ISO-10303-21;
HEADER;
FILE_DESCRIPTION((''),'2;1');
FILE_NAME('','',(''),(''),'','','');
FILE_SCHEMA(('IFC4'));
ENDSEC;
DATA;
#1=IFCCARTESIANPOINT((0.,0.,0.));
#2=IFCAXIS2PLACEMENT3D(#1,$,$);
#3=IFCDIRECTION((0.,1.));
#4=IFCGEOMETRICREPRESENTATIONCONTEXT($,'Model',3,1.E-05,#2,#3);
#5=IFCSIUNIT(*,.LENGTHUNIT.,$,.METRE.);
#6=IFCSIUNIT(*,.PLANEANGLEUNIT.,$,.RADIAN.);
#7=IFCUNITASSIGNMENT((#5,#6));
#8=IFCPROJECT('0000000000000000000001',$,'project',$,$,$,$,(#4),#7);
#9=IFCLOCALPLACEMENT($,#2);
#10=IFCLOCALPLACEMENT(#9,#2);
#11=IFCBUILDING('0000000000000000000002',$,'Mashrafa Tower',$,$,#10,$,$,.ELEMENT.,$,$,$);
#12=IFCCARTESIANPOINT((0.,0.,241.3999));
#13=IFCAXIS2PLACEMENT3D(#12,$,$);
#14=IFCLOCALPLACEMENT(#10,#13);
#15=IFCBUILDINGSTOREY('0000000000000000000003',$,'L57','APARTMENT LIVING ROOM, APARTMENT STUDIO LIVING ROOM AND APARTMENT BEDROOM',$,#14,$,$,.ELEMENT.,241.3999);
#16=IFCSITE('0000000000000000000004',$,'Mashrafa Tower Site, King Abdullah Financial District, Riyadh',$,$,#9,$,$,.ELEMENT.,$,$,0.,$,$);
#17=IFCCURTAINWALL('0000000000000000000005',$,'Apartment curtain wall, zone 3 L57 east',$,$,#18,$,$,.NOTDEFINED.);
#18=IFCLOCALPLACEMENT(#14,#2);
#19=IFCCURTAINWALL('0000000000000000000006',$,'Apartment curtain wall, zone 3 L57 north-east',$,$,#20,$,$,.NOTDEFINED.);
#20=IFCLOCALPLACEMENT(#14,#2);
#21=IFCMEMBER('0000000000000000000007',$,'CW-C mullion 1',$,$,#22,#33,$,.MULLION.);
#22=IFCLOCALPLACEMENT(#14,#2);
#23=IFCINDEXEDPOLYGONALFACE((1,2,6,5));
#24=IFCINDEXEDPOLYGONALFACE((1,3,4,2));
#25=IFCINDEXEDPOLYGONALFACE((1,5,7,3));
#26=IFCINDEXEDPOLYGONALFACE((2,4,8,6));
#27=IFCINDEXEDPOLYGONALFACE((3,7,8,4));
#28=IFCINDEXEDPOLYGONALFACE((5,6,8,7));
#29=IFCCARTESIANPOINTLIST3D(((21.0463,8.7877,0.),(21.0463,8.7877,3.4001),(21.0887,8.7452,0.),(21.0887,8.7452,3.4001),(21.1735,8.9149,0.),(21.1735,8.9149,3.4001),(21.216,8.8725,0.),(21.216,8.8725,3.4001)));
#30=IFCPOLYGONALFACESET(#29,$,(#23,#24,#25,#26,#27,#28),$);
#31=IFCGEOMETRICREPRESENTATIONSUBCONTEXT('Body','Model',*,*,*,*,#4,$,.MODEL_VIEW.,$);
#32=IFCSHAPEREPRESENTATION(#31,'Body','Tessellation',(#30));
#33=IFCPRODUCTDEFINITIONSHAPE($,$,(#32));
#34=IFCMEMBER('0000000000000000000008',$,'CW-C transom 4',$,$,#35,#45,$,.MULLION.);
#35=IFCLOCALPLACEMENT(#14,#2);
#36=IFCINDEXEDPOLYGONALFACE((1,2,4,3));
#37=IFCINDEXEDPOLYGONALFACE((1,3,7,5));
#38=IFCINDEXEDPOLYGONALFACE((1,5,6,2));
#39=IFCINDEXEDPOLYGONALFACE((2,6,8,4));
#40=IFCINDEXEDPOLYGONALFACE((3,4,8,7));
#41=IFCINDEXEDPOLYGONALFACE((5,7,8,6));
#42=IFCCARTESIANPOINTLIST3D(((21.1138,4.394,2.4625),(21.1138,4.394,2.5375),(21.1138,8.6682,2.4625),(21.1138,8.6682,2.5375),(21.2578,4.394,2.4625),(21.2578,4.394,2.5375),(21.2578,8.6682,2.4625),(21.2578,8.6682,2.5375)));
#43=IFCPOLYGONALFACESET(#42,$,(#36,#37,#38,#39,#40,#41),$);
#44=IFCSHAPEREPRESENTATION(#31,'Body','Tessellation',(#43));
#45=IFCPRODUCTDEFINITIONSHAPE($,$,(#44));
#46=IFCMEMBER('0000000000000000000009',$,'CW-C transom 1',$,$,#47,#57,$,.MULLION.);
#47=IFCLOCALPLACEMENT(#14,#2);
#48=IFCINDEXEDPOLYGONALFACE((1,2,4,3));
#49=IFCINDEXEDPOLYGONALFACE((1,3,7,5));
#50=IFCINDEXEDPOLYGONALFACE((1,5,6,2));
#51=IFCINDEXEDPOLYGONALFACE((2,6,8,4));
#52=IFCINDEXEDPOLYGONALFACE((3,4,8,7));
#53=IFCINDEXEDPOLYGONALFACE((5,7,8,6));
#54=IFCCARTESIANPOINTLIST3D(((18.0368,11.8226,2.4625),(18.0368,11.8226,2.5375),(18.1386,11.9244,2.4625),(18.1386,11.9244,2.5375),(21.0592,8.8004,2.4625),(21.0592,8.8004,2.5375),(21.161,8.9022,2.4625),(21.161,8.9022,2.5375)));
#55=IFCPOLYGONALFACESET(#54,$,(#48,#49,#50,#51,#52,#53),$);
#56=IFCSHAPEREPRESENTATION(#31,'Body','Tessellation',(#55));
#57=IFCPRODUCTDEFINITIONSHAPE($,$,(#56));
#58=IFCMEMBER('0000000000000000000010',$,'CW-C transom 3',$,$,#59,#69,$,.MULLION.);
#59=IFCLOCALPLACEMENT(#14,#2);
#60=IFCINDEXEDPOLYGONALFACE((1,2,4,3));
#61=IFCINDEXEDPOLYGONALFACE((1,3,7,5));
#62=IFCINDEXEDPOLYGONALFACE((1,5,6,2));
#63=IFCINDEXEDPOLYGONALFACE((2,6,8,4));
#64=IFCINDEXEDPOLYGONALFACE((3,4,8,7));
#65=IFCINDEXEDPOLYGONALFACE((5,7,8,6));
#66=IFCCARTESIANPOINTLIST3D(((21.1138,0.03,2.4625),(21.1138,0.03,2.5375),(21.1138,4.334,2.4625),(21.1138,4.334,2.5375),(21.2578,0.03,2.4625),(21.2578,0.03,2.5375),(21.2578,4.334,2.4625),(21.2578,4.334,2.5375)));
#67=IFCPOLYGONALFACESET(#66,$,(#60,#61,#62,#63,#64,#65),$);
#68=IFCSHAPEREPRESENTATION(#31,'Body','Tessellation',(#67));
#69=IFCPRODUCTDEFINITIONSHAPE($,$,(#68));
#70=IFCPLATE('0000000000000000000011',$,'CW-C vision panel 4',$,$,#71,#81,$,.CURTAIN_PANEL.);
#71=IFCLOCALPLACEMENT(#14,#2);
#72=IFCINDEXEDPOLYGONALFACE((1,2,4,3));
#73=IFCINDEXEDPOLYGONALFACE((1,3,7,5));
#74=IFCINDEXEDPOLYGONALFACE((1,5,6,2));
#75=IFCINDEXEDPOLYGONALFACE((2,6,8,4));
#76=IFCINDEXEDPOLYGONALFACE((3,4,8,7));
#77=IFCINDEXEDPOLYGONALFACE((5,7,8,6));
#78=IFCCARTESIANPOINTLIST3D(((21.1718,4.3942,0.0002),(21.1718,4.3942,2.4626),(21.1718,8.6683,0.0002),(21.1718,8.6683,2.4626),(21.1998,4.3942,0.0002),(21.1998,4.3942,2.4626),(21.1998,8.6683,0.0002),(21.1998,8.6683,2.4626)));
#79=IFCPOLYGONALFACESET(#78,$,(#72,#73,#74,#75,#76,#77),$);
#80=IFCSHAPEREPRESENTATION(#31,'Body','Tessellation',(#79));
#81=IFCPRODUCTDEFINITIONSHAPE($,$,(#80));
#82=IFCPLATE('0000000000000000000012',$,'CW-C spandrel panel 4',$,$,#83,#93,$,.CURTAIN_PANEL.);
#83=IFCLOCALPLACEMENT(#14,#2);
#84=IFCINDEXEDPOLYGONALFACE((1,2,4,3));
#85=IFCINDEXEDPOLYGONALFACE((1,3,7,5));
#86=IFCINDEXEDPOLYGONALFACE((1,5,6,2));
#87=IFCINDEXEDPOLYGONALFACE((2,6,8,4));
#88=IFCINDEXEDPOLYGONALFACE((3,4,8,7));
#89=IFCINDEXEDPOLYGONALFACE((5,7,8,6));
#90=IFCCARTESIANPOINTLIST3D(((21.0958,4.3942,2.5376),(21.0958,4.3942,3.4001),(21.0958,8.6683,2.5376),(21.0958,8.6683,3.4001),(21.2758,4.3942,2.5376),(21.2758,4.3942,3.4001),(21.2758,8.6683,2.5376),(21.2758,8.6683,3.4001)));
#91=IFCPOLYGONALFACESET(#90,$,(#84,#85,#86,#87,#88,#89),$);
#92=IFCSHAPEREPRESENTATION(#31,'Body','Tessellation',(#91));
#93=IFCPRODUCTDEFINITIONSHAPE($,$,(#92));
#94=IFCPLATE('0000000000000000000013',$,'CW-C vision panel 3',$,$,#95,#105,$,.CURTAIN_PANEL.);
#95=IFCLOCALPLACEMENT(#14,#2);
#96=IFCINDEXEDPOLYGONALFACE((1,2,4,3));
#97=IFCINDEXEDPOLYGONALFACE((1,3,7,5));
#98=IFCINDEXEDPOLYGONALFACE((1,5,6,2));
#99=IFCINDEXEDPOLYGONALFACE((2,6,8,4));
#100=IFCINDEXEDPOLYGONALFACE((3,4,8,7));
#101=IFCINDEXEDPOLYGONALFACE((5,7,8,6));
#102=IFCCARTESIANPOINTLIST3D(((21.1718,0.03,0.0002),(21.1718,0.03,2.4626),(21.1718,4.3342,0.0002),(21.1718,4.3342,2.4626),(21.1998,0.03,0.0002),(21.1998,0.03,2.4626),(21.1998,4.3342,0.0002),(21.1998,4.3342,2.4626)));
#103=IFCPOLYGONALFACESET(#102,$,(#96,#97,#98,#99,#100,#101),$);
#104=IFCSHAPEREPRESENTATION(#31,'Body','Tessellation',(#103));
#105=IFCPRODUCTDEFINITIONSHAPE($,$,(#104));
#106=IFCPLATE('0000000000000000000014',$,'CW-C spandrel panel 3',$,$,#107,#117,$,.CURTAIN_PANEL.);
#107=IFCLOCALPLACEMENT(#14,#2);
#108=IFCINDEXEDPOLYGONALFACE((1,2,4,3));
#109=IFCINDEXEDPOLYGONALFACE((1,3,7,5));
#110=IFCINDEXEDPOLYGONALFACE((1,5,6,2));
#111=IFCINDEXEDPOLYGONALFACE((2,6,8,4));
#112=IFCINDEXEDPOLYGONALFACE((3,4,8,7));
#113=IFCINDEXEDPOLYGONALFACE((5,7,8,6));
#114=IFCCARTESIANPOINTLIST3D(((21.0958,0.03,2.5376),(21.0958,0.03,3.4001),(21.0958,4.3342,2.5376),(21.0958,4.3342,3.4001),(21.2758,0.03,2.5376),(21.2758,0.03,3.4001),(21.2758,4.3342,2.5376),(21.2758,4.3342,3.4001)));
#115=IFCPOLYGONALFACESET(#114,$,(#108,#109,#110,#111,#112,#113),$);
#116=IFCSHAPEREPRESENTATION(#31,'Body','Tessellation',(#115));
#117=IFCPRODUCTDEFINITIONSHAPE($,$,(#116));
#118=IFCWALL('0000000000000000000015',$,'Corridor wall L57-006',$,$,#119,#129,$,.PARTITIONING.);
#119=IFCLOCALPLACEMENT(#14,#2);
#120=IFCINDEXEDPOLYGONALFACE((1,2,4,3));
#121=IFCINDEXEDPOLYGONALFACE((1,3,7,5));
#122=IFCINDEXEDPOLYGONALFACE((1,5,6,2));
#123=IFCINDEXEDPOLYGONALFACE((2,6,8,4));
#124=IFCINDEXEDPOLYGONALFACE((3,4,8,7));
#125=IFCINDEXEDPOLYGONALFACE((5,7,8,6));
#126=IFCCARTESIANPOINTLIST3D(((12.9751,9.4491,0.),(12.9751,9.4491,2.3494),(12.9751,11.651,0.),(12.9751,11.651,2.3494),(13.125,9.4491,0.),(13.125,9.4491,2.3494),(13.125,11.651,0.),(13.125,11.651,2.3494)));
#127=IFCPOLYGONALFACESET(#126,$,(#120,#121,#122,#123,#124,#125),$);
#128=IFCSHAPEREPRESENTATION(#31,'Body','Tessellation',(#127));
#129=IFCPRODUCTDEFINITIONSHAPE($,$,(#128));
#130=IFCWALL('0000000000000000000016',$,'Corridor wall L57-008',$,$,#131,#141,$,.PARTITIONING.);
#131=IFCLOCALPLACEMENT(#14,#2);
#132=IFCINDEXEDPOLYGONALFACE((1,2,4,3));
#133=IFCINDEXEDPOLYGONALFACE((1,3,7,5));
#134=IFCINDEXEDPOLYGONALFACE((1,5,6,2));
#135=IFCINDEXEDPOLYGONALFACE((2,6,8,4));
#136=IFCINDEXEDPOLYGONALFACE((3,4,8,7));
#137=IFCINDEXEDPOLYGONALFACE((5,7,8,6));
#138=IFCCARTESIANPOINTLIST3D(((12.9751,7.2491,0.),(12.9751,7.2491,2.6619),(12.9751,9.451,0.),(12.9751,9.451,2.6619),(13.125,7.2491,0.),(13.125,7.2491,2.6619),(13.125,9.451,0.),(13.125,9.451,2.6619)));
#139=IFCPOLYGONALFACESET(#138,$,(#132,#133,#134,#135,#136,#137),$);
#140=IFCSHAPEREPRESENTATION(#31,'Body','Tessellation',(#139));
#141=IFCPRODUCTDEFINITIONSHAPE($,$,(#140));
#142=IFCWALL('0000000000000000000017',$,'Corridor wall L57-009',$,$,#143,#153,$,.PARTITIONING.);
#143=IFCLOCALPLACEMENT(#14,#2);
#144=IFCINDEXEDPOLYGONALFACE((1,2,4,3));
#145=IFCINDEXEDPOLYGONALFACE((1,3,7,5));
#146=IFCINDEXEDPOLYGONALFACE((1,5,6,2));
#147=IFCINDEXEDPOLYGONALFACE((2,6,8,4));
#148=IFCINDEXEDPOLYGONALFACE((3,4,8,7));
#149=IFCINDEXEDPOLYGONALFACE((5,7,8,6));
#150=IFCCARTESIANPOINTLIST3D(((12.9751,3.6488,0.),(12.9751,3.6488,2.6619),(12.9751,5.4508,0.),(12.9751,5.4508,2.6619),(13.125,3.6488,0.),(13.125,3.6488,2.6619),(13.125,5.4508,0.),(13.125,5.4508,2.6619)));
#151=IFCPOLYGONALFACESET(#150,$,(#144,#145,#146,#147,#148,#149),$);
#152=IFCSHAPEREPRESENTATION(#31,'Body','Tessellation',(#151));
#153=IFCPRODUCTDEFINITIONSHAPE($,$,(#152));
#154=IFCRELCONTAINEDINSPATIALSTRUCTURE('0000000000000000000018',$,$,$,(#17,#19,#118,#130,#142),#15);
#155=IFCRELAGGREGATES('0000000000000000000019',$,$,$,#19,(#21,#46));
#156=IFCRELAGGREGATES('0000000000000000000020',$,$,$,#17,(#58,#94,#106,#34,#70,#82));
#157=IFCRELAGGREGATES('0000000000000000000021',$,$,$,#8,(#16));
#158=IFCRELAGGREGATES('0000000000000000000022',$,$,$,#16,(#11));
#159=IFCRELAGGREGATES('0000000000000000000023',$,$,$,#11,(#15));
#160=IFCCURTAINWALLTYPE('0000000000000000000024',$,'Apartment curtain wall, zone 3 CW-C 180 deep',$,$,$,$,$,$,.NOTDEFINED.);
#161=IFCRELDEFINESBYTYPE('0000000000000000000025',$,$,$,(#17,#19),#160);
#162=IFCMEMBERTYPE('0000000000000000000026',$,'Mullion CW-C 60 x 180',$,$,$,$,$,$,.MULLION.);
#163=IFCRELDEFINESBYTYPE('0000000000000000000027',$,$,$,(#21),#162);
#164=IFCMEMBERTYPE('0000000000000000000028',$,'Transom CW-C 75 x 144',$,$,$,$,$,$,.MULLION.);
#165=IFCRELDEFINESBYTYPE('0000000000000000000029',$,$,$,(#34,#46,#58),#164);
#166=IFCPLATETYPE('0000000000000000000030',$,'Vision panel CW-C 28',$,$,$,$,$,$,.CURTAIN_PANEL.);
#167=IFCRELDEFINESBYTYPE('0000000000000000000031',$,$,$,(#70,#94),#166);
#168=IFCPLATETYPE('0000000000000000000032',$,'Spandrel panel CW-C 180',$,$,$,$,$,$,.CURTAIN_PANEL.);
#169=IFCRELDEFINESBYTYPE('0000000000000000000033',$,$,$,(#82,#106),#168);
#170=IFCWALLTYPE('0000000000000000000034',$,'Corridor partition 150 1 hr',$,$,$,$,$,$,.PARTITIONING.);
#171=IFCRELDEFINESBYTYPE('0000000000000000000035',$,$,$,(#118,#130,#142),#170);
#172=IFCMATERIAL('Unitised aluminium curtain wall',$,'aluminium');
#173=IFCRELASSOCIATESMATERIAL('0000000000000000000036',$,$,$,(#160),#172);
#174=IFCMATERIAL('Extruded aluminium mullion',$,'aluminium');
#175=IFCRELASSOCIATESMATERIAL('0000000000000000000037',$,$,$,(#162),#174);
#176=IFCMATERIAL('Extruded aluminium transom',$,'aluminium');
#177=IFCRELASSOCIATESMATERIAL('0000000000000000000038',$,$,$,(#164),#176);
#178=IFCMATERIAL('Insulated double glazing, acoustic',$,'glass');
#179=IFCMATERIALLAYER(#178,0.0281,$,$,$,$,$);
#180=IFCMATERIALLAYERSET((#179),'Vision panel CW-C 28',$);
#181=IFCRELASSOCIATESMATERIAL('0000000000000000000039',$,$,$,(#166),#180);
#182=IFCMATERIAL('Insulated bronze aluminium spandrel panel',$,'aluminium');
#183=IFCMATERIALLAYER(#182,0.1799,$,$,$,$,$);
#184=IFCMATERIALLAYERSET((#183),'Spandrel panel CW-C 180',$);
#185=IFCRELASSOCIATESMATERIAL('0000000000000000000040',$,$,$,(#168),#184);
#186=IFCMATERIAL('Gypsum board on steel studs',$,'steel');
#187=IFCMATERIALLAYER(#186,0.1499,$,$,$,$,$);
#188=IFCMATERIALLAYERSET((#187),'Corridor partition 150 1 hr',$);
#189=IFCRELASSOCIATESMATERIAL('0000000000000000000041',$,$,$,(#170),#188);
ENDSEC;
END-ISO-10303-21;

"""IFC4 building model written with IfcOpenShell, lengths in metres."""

from ifc_helpers import new_model, si_unit, direction, frame, frame_2d, origin, origin_2d, place, context, subcontext, project, spatial, rectangle, extrude, source, transform, mapped, material, layer, layer_set, material_profile, profile_set, type_object, type_shapes, element, aggregate, save


model = new_model("IFC4")

# Units and contexts
model_context = context("Model", 3, precision=1e-05, world=origin(), true_north=direction((0.0, 1.0)))
body_context = subcontext(model_context, "Body", "Model", "MODEL_VIEW")
ifc_project = project(units=[si_unit("LENGTHUNIT", "METRE"), si_unit("PLANEANGLEUNIT", "RADIAN")], contexts=[model_context])

# Site, building, storey
site_placement = place(None, origin())
site = spatial("IfcSite", under=ifc_project, at=site_placement, Name="Mashrafa Tower Site, King Abdullah Financial District, Riyadh", CompositionType="ELEMENT", RefElevation=0.0)
building_placement = place(site_placement, origin())
building = spatial("IfcBuilding", under=site, at=building_placement, Name="Mashrafa Tower", CompositionType="ELEMENT")
storey_placement = place(building_placement, frame((0.0, 0.0, 241.3999)))
storey = spatial("IfcBuildingStorey", under=building, at=storey_placement, Name="L57", Description="APARTMENT LIVING ROOM, APARTMENT STUDIO LIVING ROOM AND APARTMENT BEDROOM", CompositionType="ELEMENT", Elevation=241.3999)

# Curtain wall
ifc_material_1 = material(Name="Unitised aluminium curtain wall", Category="aluminium")
curtain_wall_type = type_object("IfcCurtainWallType", Name="Apartment curtain wall, zone 3 CW-C 180 deep", PredefinedType="NOTDEFINED", material=ifc_material_1)
curtain_wall_1_placement = place(storey_placement, origin())
curtain_wall_1 = element("IfcCurtainWall", 1, at=curtain_wall_1_placement, inside=storey, type_object=curtain_wall_type, Name="Apartment curtain wall, zone 3 L57 east", PredefinedType="NOTDEFINED")
ifc_material_2 = material(Name="Extruded aluminium mullion", Category="aluminium")
ifc_material_profile_1 = material_profile(ifc_material_2, rectangle(XDim=0.1799, YDim=0.0601, at=origin_2d()), Name="Mullion 60x180")
ifc_profile_set_1 = profile_set([ifc_material_profile_1], Name="Extruded aluminium mullion")
member_type_1 = type_object("IfcMemberType", Name="Mullion CW-C 60 x 180", PredefinedType="MULLION", material=ifc_profile_set_1)
shared_shape_1 = source(origin(), body_context, "Body", "SweptSolid", [
    extrude(rectangle(XDim=0.1799, YDim=0.0601, at=origin_2d()), origin(), (0.0, 0.0, 1.0), 3.4001),
])
type_shapes(member_type_1, [shared_shape_1])

# Curtain wall, member
curtain_wall_2_placement = place(storey_placement, origin())
curtain_wall_2 = element("IfcCurtainWall", 2, at=curtain_wall_2_placement, inside=storey, type_object=curtain_wall_type, Name="Apartment curtain wall, zone 3 L57 north-east", PredefinedType="NOTDEFINED")
member_1_placement = place(storey_placement, frame((21.1311, 8.8301, 0.0), z_axis=(0.0, 0.0, 1.0), x_axis=(-0.707107, -0.707107, 0.0)))
member_1 = element("IfcMember", 3, at=member_1_placement, type_object=member_type_1, Name="CW-C mullion 1", PredefinedType="MULLION", context=body_context, shape_type="MappedRepresentation", body=[
    mapped(shared_shape_1, transform((0.0, 0.0, 0.0))),
])

# Members
ifc_material_3 = material(Name="Extruded aluminium transom", Category="aluminium")
ifc_material_profile_2 = material_profile(ifc_material_3, rectangle(XDim=0.144, YDim=0.075, at=origin_2d()), Name="Transom 75x144")
ifc_profile_set_2 = profile_set([ifc_material_profile_2], Name="Extruded aluminium transom")
member_type_2 = type_object("IfcMemberType", Name="Transom CW-C 75 x 144", PredefinedType="MULLION", material=ifc_profile_set_2)
shared_shape_2 = source(origin(), body_context, "Body", "SweptSolid", [
    extrude(rectangle(XDim=0.144, YDim=0.075, at=origin_2d()), origin(), (0.0, 0.0, 1.0), 4.2742),
])
member_2_placement = place(storey_placement, frame((21.1858, 4.394, 2.5), z_axis=(0.0, 1.0, 0.0), x_axis=(-1.0, 0.0, 0.0)))
member_2 = element("IfcMember", 4, at=member_2_placement, type_object=member_type_2, Name="CW-C transom 4", PredefinedType="MULLION", context=body_context, shape_type="MappedRepresentation", body=[
    mapped(shared_shape_2, transform((0.0, 0.0, 0.0))),
])
member_3_placement = place(storey_placement, frame((21.1101, 8.8513, 2.5), z_axis=(-0.707135, 0.707078, 0.0), x_axis=(-0.707078, -0.707135, 0.0)))
member_3 = element("IfcMember", 5, at=member_3_placement, type_object=member_type_2, Name="CW-C transom 1", PredefinedType="MULLION", context=body_context, shape_type="MappedRepresentation", body=[
    mapped(shared_shape_2, transform((0.0, 0.0, 0.0))),
])
aggregate(curtain_wall_2, [member_1, member_3])
shared_shape_3 = source(origin(), body_context, "Body", "SweptSolid", [
    extrude(rectangle(XDim=0.144, YDim=0.075, at=origin_2d()), origin(), (0.0, 0.0, 1.0), 4.304),
])
type_shapes(member_type_2, [shared_shape_2, shared_shape_3])
member_4_placement = place(storey_placement, frame((21.1858, 0.03, 2.5), z_axis=(0.0, 1.0, 0.0), x_axis=(-1.0, 0.0, 0.0)))
member_4 = element("IfcMember", 6, at=member_4_placement, type_object=member_type_2, Name="CW-C transom 3", PredefinedType="MULLION", context=body_context, shape_type="MappedRepresentation", body=[
    mapped(shared_shape_3, transform((0.0, 0.0, 0.0))),
])

# Plates
ifc_material_4 = material(Name="Insulated double glazing, acoustic", Category="glass")
ifc_layer_1 = layer(ifc_material_4, 0.0281)
ifc_layer_set_1 = layer_set([ifc_layer_1], Name="Vision panel CW-C 28")
plate_type_1 = type_object("IfcPlateType", Name="Vision panel CW-C 28", PredefinedType="CURTAIN_PANEL", material=ifc_layer_set_1)
shared_shape_4 = source(origin(), body_context, "Body", "SweptSolid", [
    extrude(rectangle(XDim=4.2742, YDim=0.0281, at=origin_2d()), origin(), (0.0, 0.0, 1.0), 2.4624),
])
plate_1_placement = place(storey_placement, frame((21.1858, 6.5312, 0.0002), z_axis=(0.0, 0.0, 1.0), x_axis=(0.0, 1.0, 0.0)))
plate_1 = element("IfcPlate", 7, at=plate_1_placement, type_object=plate_type_1, Name="CW-C vision panel 4", PredefinedType="CURTAIN_PANEL", context=body_context, shape_type="MappedRepresentation", body=[
    mapped(shared_shape_4, transform((0.0, 0.0, 0.0))),
])
ifc_material_5 = material(Name="Insulated bronze aluminium spandrel panel", Category="aluminium")
ifc_layer_2 = layer(ifc_material_5, 0.1799)
ifc_layer_set_2 = layer_set([ifc_layer_2], Name="Spandrel panel CW-C 180")
plate_type_2 = type_object("IfcPlateType", Name="Spandrel panel CW-C 180", PredefinedType="CURTAIN_PANEL", material=ifc_layer_set_2)
shared_shape_5 = source(origin(), body_context, "Body", "SweptSolid", [
    extrude(rectangle(XDim=4.2742, YDim=0.1799, at=origin_2d()), origin(), (0.0, 0.0, 1.0), 0.8625),
])
plate_2_placement = place(storey_placement, frame((21.1858, 6.5312, 2.5376), z_axis=(0.0, 0.0, 1.0), x_axis=(0.0, 1.0, 0.0)))
plate_2 = element("IfcPlate", 8, at=plate_2_placement, type_object=plate_type_2, Name="CW-C spandrel panel 4", PredefinedType="CURTAIN_PANEL", context=body_context, shape_type="MappedRepresentation", body=[
    mapped(shared_shape_5, transform((0.0, 0.0, 0.0))),
])
shared_shape_6 = source(origin(), body_context, "Body", "SweptSolid", [
    extrude(rectangle(XDim=4.3042, YDim=0.0281, at=origin_2d()), origin(), (0.0, 0.0, 1.0), 2.4624),
])
type_shapes(plate_type_1, [shared_shape_4, shared_shape_6])
plate_3_placement = place(storey_placement, frame((21.1858, 2.1821, 0.0002), z_axis=(0.0, 0.0, 1.0), x_axis=(0.0, 1.0, 0.0)))
plate_3 = element("IfcPlate", 9, at=plate_3_placement, type_object=plate_type_1, Name="CW-C vision panel 3", PredefinedType="CURTAIN_PANEL", context=body_context, shape_type="MappedRepresentation", body=[
    mapped(shared_shape_6, transform((0.0, 0.0, 0.0))),
])
shared_shape_7 = source(origin(), body_context, "Body", "SweptSolid", [
    extrude(rectangle(XDim=4.3042, YDim=0.1799, at=origin_2d()), origin(), (0.0, 0.0, 1.0), 0.8625),
])
type_shapes(plate_type_2, [shared_shape_5, shared_shape_7])
plate_4_placement = place(storey_placement, frame((21.1858, 2.1821, 2.5376), z_axis=(0.0, 0.0, 1.0), x_axis=(0.0, 1.0, 0.0)))
plate_4 = element("IfcPlate", 10, at=plate_4_placement, type_object=plate_type_2, Name="CW-C spandrel panel 3", PredefinedType="CURTAIN_PANEL", context=body_context, shape_type="MappedRepresentation", body=[
    mapped(shared_shape_7, transform((0.0, 0.0, 0.0))),
])
aggregate(curtain_wall_1, [member_4, plate_3, plate_4, member_2, plate_1, plate_2])

# Walls
ifc_material_6 = material(Name="Gypsum board on steel studs", Category="steel")
ifc_layer_3 = layer(ifc_material_6, 0.1499)
ifc_layer_set_3 = layer_set([ifc_layer_3], Name="Corridor partition 150 1 hr")
wall_type_1 = type_object("IfcWallType", Name="Corridor partition 150 1 hr", PredefinedType="PARTITIONING", material=ifc_layer_set_3)
wall_1_placement = place(storey_placement, frame((13.05, 9.449, 0.0), z_axis=(0.0, 0.0, 1.0), x_axis=(0.0, 1.0, 0.0)))
element("IfcWall", 11, at=wall_1_placement, inside=storey, type_object=wall_type_1, Name="Corridor wall L57-006", PredefinedType="PARTITIONING", context=body_context, shape_type="SweptSolid", body=[
    extrude(rectangle(XDim=2.2019, YDim=0.1499, at=frame_2d((1.1011, 0.0))), origin(), (0.0, 0.0, 1.0), 2.3494),
])
wall_2_placement = place(storey_placement, frame((13.05, 7.249, 0.0), z_axis=(0.0, 0.0, 1.0), x_axis=(0.0, 1.0, 0.0)))
element("IfcWall", 12, at=wall_2_placement, inside=storey, type_object=wall_type_1, Name="Corridor wall L57-008", PredefinedType="PARTITIONING", context=body_context, shape_type="SweptSolid", body=[
    extrude(rectangle(XDim=2.2019, YDim=0.1499, at=frame_2d((1.1011, 0.0))), origin(), (0.0, 0.0, 1.0), 2.6619),
])
wall_3_placement = place(storey_placement, frame((13.05, 3.6489, 0.0), z_axis=(0.0, 0.0, 1.0), x_axis=(0.0, 1.0, 0.0)))
element("IfcWall", 13, at=wall_3_placement, inside=storey, type_object=wall_type_1, Name="Corridor wall L57-009", PredefinedType="PARTITIONING", context=body_context, shape_type="SweptSolid", body=[
    extrude(rectangle(XDim=1.802, YDim=0.1499, at=frame_2d((0.9009, 0.0))), origin(), (0.0, 0.0, 1.0), 2.6619),
])

save(model, "model.ifc")
